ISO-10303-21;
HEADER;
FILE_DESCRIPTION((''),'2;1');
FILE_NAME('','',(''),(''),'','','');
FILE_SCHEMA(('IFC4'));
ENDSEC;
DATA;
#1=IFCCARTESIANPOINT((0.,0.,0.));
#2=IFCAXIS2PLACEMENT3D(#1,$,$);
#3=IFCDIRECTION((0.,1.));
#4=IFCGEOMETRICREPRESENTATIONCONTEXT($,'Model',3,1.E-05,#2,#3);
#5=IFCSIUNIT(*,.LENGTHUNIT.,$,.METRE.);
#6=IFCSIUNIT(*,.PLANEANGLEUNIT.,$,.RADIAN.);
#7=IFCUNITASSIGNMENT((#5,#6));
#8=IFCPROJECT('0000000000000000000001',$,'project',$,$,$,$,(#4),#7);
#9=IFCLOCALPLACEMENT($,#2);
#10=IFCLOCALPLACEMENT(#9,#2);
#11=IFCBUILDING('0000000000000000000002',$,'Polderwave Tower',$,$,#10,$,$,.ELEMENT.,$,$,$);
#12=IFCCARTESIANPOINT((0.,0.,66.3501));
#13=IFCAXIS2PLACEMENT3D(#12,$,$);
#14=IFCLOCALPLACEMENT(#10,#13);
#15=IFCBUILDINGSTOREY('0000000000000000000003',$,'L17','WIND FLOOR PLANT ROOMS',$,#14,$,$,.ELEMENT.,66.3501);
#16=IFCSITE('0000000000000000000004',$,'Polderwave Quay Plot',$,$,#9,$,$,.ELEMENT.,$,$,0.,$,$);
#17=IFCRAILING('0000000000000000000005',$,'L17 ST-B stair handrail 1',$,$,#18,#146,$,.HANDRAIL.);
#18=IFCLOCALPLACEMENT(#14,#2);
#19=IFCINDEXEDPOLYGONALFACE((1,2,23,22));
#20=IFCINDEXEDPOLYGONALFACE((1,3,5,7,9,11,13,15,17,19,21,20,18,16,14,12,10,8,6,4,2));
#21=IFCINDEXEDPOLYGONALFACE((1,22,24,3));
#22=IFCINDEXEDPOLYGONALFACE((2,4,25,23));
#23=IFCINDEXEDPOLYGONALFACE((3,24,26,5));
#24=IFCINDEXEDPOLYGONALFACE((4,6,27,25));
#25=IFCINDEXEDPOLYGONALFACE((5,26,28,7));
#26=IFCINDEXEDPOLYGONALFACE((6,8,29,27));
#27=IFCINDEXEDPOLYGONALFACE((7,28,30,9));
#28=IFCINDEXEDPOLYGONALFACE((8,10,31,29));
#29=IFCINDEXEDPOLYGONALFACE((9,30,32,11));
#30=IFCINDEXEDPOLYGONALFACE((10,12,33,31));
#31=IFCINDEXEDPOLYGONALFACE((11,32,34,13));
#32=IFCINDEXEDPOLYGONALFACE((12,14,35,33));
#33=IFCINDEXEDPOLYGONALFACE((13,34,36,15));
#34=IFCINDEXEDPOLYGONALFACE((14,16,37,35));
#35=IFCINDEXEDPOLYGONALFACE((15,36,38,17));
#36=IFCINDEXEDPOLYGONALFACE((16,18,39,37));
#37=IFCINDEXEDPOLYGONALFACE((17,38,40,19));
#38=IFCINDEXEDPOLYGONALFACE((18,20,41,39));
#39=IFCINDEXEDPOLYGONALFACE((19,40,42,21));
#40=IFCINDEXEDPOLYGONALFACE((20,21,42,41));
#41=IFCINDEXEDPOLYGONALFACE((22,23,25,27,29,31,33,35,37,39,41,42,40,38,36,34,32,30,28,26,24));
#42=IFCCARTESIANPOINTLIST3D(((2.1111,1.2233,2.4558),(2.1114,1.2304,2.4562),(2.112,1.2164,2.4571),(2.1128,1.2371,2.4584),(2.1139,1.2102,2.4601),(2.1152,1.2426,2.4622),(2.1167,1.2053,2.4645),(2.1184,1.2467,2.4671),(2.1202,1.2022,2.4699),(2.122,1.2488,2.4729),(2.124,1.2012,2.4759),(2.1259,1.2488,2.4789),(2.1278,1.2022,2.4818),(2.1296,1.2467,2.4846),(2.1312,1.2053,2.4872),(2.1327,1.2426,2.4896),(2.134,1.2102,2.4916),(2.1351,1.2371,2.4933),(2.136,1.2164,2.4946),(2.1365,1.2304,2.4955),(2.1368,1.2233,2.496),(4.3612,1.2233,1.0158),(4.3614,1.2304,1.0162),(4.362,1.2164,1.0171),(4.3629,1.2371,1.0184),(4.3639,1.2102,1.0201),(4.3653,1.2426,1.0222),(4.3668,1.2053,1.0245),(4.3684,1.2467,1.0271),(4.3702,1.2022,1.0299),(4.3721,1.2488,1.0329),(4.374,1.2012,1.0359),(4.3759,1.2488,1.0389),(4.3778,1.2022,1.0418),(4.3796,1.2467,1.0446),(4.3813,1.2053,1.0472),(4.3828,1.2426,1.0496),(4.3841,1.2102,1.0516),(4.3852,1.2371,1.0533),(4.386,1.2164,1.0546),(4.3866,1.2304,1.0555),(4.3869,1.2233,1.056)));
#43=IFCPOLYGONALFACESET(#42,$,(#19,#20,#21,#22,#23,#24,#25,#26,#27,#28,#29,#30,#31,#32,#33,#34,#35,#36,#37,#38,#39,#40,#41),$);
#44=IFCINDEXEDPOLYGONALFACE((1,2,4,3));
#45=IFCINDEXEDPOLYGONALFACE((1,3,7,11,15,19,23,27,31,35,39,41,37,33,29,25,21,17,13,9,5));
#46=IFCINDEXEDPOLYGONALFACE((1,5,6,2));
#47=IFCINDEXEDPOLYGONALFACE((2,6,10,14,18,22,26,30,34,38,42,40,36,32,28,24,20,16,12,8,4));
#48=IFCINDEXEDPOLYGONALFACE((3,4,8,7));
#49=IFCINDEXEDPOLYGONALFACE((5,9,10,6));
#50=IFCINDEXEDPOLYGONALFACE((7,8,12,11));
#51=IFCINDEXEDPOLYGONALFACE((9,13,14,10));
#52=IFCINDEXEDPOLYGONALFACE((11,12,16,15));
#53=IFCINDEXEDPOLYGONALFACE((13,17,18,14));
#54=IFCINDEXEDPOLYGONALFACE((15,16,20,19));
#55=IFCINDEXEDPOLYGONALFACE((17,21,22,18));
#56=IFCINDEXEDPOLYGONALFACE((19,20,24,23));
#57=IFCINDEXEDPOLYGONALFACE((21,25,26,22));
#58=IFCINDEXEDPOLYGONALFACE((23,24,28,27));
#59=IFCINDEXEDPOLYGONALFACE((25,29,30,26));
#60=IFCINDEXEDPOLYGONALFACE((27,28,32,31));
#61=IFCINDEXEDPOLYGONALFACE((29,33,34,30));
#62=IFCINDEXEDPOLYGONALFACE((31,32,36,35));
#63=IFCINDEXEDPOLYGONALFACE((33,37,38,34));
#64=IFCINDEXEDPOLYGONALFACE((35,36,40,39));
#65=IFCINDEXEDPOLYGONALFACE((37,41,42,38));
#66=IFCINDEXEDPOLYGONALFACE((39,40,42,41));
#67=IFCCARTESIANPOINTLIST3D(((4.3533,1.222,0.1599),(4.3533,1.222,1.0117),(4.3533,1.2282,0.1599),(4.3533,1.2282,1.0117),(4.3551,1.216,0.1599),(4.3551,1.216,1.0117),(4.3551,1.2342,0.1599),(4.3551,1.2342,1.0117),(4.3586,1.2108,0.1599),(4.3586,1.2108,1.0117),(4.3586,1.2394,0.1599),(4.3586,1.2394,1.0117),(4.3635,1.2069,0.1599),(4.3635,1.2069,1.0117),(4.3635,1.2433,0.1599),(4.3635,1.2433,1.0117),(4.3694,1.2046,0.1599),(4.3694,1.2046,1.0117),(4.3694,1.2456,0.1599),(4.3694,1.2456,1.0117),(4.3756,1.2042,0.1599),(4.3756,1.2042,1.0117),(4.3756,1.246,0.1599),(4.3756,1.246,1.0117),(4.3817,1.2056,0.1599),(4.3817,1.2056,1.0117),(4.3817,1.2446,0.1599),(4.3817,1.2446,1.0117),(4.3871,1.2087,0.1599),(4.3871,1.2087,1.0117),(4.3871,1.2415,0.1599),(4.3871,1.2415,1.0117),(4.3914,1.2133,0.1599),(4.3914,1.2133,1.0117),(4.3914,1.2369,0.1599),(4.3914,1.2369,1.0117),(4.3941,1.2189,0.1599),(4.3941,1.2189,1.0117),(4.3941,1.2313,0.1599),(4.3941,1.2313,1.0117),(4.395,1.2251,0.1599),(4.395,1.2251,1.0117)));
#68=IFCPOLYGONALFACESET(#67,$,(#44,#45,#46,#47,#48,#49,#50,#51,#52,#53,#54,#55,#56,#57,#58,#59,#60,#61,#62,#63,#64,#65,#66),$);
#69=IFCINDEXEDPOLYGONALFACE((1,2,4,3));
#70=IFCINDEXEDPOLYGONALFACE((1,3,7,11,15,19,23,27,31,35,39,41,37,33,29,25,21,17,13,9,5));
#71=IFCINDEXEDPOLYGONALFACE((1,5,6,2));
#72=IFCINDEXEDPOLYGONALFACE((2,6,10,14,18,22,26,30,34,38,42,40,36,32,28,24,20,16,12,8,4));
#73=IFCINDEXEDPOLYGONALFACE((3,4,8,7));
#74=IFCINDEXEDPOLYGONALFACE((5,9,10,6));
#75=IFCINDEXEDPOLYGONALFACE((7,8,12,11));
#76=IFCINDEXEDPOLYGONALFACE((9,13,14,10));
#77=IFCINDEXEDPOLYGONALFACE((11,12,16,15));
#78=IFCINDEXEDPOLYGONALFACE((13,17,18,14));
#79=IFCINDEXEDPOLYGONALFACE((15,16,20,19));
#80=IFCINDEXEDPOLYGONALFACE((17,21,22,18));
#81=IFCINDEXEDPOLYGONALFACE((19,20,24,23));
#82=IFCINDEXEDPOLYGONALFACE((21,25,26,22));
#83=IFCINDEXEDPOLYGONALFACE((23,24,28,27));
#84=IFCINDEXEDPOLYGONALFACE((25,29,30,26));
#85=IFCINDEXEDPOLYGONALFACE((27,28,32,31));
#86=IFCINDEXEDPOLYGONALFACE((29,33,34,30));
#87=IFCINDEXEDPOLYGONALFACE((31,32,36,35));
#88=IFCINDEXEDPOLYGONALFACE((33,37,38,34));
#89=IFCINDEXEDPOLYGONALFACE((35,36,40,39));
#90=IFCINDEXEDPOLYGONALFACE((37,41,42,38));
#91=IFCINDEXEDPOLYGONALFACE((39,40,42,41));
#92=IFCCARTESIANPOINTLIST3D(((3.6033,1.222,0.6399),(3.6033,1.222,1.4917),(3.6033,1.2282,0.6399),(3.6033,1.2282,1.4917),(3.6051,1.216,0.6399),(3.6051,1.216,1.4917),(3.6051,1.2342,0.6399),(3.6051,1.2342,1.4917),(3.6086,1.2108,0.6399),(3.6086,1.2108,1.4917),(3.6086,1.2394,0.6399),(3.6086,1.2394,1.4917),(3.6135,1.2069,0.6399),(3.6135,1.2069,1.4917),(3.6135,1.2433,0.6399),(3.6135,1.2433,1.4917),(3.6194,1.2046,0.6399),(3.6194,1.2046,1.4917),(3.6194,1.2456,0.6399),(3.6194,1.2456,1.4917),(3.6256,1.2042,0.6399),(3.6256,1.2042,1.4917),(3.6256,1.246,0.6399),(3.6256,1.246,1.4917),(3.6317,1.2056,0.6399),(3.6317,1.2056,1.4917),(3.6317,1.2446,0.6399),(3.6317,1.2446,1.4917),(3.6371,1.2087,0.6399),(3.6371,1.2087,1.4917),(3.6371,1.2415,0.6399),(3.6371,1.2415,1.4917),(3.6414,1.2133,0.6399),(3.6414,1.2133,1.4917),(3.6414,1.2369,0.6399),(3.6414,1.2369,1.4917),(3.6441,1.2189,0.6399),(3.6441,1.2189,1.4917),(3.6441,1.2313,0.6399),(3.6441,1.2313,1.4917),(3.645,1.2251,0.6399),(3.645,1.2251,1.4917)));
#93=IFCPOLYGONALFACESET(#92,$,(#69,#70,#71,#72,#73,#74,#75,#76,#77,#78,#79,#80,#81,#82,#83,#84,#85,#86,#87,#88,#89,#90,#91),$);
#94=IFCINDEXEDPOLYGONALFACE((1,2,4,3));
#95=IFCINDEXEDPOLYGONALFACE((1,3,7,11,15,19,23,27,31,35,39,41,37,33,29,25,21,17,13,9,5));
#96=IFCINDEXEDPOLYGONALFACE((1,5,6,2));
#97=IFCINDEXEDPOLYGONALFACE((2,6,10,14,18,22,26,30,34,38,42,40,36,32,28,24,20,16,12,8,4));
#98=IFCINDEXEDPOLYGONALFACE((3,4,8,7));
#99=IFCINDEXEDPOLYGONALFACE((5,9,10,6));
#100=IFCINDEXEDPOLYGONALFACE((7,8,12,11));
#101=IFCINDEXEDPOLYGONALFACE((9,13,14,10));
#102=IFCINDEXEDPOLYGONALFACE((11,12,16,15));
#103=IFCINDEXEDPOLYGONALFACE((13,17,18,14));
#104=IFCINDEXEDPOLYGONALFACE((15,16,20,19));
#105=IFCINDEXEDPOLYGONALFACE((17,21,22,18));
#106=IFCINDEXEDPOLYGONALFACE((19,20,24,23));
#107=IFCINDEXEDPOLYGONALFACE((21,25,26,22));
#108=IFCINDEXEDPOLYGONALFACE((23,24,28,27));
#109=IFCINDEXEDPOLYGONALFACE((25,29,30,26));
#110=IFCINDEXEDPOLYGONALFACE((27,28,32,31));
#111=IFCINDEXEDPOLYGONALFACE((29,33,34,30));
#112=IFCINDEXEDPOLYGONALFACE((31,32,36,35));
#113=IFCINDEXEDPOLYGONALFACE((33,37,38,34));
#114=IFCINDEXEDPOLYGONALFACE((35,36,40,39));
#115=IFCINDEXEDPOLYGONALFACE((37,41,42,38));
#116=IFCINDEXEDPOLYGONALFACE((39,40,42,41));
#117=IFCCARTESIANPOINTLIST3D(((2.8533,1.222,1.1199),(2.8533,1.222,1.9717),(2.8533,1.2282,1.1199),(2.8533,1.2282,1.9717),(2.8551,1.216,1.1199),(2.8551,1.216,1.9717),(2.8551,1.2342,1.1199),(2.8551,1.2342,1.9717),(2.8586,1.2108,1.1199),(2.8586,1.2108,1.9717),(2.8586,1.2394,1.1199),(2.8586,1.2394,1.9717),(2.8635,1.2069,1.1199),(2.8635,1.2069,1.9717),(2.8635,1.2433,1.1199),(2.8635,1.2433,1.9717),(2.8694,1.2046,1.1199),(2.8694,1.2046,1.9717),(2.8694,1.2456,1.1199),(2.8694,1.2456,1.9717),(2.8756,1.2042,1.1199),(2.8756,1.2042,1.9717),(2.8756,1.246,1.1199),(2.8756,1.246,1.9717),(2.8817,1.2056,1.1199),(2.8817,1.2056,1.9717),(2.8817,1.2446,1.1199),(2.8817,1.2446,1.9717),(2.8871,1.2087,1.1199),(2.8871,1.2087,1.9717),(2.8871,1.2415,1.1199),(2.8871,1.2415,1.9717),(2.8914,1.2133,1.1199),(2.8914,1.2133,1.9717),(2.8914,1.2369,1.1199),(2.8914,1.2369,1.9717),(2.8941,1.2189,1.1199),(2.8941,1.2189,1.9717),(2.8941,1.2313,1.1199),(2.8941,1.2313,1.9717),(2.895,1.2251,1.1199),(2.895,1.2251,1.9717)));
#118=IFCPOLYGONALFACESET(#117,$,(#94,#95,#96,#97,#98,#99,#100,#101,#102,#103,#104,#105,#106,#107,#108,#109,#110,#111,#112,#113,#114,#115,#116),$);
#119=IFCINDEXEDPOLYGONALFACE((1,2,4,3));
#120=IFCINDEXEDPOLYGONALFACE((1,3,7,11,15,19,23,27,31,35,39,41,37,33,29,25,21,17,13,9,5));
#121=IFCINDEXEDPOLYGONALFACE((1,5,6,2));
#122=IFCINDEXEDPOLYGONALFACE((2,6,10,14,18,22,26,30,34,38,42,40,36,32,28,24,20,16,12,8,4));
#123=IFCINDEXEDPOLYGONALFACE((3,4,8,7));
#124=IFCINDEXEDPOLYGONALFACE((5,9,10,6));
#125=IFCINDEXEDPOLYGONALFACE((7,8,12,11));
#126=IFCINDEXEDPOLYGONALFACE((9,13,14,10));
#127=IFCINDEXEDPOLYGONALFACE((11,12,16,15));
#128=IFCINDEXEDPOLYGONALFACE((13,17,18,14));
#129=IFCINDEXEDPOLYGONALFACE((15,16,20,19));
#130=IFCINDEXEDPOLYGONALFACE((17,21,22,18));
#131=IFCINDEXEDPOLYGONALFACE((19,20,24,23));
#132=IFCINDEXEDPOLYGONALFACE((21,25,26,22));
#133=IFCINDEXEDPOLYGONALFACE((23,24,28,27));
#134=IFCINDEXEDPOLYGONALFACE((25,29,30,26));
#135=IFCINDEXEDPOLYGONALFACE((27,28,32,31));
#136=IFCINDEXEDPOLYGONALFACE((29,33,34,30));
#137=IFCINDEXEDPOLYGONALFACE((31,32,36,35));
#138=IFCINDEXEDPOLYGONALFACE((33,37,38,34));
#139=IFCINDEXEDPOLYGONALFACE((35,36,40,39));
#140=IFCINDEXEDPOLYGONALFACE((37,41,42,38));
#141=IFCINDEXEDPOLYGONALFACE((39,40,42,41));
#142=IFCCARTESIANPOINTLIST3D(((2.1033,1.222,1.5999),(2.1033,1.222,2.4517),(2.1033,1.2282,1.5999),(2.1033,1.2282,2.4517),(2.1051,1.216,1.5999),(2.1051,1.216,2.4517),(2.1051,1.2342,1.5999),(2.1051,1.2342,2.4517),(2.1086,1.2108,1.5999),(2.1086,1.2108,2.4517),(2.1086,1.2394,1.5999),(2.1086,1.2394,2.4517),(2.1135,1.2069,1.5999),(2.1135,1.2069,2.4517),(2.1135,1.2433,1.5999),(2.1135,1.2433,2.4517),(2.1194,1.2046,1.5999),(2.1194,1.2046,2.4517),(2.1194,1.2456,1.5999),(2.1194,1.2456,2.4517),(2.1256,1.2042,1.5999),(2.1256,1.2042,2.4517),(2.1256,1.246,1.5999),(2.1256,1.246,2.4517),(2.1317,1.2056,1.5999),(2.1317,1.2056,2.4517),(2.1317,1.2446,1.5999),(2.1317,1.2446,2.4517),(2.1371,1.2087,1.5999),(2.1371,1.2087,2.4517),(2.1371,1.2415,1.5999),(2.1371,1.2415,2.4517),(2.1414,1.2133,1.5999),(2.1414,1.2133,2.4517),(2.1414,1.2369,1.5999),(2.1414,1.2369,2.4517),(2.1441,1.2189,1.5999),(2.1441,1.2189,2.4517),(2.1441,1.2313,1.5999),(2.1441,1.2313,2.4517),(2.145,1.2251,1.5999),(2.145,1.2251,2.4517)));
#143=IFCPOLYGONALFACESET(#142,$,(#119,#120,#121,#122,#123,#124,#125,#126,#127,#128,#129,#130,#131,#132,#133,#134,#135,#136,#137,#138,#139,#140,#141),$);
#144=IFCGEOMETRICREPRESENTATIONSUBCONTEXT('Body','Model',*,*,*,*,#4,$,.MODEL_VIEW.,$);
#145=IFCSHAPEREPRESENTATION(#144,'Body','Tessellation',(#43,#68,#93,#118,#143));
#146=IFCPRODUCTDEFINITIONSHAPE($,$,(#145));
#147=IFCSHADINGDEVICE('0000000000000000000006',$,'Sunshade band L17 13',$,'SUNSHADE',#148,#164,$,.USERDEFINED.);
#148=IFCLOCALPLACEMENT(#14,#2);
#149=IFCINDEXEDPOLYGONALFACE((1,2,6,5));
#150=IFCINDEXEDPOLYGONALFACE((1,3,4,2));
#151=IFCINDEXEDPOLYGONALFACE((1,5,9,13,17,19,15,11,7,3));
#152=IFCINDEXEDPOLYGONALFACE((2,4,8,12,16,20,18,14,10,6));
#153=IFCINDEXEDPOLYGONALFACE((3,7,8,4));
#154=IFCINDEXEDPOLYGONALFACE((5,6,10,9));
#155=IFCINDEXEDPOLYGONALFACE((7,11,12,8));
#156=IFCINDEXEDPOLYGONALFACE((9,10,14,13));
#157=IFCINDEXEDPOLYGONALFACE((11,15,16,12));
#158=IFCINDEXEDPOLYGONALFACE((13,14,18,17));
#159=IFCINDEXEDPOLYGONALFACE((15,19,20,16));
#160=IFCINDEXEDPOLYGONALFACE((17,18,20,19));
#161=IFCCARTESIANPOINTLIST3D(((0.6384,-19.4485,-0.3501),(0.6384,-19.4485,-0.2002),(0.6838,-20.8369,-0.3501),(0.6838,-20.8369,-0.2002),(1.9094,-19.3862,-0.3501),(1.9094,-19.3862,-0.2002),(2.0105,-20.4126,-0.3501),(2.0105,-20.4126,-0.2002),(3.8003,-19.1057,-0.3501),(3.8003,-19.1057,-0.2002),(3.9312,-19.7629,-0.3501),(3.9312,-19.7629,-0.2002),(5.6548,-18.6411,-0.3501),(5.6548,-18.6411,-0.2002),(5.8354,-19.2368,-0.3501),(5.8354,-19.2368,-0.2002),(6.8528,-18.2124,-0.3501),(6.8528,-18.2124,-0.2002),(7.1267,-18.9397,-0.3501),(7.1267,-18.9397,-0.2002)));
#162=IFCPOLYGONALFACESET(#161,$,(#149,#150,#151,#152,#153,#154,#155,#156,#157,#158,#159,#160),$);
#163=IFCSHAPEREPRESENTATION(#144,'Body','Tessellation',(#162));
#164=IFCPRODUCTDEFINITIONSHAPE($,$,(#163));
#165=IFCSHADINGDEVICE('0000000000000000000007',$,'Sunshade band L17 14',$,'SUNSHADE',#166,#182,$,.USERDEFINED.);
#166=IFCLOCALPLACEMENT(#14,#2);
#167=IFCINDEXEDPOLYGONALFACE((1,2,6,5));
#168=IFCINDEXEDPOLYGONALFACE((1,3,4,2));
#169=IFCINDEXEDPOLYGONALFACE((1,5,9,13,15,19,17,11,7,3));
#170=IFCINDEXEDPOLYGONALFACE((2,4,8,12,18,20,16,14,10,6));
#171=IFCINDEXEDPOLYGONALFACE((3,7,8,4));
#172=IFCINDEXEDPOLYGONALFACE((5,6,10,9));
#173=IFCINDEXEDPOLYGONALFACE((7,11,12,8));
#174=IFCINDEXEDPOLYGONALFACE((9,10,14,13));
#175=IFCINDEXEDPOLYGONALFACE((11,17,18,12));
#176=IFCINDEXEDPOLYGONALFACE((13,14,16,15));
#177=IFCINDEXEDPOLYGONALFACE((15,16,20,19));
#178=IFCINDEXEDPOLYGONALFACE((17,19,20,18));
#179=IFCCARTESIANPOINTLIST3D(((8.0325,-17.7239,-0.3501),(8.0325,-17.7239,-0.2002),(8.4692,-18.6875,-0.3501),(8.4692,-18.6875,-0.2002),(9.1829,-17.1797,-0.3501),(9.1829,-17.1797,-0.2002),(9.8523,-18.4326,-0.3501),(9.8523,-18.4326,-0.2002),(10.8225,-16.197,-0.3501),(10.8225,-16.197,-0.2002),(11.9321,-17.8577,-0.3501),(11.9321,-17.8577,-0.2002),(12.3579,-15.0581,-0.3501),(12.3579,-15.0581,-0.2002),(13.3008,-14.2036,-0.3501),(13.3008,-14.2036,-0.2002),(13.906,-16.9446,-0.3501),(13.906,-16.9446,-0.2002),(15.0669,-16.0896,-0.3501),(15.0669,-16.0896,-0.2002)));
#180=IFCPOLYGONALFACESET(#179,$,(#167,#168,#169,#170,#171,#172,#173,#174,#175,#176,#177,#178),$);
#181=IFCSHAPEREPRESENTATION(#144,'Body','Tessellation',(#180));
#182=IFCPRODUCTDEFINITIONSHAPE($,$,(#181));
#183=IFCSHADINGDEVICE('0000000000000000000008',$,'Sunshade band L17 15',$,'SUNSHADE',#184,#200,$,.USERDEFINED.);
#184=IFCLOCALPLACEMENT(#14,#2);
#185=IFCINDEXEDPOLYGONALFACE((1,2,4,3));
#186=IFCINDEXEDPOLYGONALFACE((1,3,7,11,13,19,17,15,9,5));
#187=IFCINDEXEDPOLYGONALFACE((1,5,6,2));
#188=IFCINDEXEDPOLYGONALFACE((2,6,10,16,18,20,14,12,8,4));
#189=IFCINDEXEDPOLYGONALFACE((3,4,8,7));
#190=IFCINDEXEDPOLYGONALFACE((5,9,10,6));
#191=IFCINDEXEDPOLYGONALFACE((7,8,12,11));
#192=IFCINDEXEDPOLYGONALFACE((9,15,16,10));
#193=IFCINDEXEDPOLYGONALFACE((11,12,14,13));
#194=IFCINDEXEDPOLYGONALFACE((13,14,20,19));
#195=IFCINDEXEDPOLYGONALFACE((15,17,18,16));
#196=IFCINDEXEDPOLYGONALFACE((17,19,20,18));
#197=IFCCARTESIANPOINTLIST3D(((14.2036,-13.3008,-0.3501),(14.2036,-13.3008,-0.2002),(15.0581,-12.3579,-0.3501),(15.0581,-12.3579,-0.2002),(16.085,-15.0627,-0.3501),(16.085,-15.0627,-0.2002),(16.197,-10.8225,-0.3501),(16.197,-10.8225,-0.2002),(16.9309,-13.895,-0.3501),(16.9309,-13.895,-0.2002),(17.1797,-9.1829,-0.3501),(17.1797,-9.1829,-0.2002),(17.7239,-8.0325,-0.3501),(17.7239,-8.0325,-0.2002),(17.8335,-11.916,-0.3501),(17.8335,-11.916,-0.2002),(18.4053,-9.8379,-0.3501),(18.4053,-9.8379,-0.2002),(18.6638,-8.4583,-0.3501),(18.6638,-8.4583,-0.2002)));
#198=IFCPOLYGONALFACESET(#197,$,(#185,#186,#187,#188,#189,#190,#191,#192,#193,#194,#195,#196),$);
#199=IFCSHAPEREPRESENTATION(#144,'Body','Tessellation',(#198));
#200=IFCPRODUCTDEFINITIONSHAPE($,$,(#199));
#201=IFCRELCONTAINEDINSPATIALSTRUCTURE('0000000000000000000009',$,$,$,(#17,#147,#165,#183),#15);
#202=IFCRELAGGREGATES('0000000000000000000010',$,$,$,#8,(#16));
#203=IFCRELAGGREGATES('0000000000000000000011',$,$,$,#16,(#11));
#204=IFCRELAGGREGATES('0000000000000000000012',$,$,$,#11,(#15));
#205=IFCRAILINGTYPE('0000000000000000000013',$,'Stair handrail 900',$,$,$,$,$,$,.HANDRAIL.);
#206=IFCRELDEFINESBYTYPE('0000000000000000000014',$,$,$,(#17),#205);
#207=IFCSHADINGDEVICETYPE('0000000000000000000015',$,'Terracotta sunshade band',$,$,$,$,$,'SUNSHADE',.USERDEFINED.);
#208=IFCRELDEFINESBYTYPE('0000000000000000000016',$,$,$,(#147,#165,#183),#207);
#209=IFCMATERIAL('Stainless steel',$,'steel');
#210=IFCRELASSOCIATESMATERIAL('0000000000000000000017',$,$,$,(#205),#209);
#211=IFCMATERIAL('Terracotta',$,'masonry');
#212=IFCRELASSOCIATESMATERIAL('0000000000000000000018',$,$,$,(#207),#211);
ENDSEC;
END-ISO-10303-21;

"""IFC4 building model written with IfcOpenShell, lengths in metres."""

from ifc_helpers import new_model, si_unit, direction, frame, origin, origin_2d, place, context, subcontext, project, spatial, polyline, circle, outline, extrude, material, type_object, element, save


model = new_model("IFC4")

# Units and contexts
model_context = context("Model", 3, precision=1e-05, world=origin(), true_north=direction((0.0, 1.0)))
body_context = subcontext(model_context, "Body", "Model", "MODEL_VIEW")
ifc_project = project(units=[si_unit("LENGTHUNIT", "METRE"), si_unit("PLANEANGLEUNIT", "RADIAN")], contexts=[model_context])

# Site, building, storey
site_placement = place(None, origin())
site = spatial("IfcSite", under=ifc_project, at=site_placement, Name="Polderwave Quay Plot", CompositionType="ELEMENT", RefElevation=0.0)
building_placement = place(site_placement, origin())
building = spatial("IfcBuilding", under=site, at=building_placement, Name="Polderwave Tower", CompositionType="ELEMENT")
storey_placement = place(building_placement, frame((0.0, 0.0, 66.3501)))
storey = spatial("IfcBuildingStorey", under=building, at=storey_placement, Name="L17", Description="WIND FLOOR PLANT ROOMS", CompositionType="ELEMENT", Elevation=66.3501)

# Railing
ifc_material_1 = material(Name="Stainless steel", Category="steel")
railing_type_1 = type_object("IfcRailingType", Name="Stair handrail 900", PredefinedType="HANDRAIL", material=ifc_material_1)
railing_1_placement = place(storey_placement, frame((4.374, 1.2251, 0.1599)))
element("IfcRailing", 1, at=railing_1_placement, inside=storey, type_object=railing_type_1, Name="L17 ST-B stair handrail 1", PredefinedType="HANDRAIL", context=body_context, shape_type="SweptSolid", body=[
    extrude(circle(Radius=0.0239, at=origin_2d()), frame((0.0, 0.0, 0.876), z_axis=(-0.842281, 0.0, 0.539038), x_axis=(0.0, -1.0, 0.0)), (0.0, 0.0, 1.0), 2.6714),
    extrude(circle(Radius=0.021, at=origin_2d()), origin(), (0.0, 0.0, 1.0), 0.8518),
    extrude(circle(Radius=0.021, at=origin_2d()), frame((-0.75, 0.0, 0.48)), (0.0, 0.0, 1.0), 0.8518),
    extrude(circle(Radius=0.021, at=origin_2d()), frame((-1.5, 0.0, 0.96)), (0.0, 0.0, 1.0), 0.8518),
    extrude(circle(Radius=0.021, at=origin_2d()), frame((-2.25, 0.0, 1.4399)), (0.0, 0.0, 1.0), 0.8518),
])

# Shading devices
ifc_material_2 = material(Name="Terracotta", Category="masonry")
shading_device_type = type_object("IfcShadingDeviceType", Name="Terracotta sunshade band", ElementType="SUNSHADE", PredefinedType="USERDEFINED", material=ifc_material_2)
shading_device_1_placement = place(storey_placement, frame((0.0, 0.0, -0.3501)))
element("IfcShadingDevice", 2, at=shading_device_1_placement, inside=storey, type_object=shading_device_type, Name="Sunshade band L17 13", ObjectType="SUNSHADE", PredefinedType="USERDEFINED", context=body_context, shape_type="SweptSolid", body=[
    extrude(outline(polyline([(0.6384, -19.4485), (1.9094, -19.3862), (3.8003, -19.1057), (5.6548, -18.6411), (6.8528, -18.2124), (7.1267, -18.9397), (5.8354, -19.2368), (3.9312, -19.7629), (2.0105, -20.4126), (0.6838, -20.8369), (0.6384, -19.4485)])), origin(), (0.0, 0.0, 1.0), 0.1499),
])
shading_device_2_placement = place(storey_placement, frame((0.0, 0.0, -0.3501)))
element("IfcShadingDevice", 3, at=shading_device_2_placement, inside=storey, type_object=shading_device_type, Name="Sunshade band L17 14", ObjectType="SUNSHADE", PredefinedType="USERDEFINED", context=body_context, shape_type="SweptSolid", body=[
    extrude(outline(polyline([(8.0325, -17.7239), (9.1829, -17.1797), (10.8225, -16.197), (12.3579, -15.0581), (13.3008, -14.2036), (15.0669, -16.0896), (13.906, -16.9446), (11.9321, -17.8577), (9.8523, -18.4326), (8.4692, -18.6875), (8.0325, -17.7239)])), origin(), (0.0, 0.0, 1.0), 0.1499),
])
shading_device_3_placement = place(storey_placement, frame((0.0, 0.0, -0.3501)))
element("IfcShadingDevice", 4, at=shading_device_3_placement, inside=storey, type_object=shading_device_type, Name="Sunshade band L17 15", ObjectType="SUNSHADE", PredefinedType="USERDEFINED", context=body_context, shape_type="SweptSolid", body=[
    extrude(outline(polyline([(14.2036, -13.3008), (15.0581, -12.3579), (16.197, -10.8225), (17.1797, -9.1829), (17.7239, -8.0325), (18.6638, -8.4583), (18.4053, -9.8379), (17.8335, -11.916), (16.9309, -13.895), (16.085, -15.0627), (14.2036, -13.3008)])), origin(), (0.0, 0.0, 1.0), 0.1499),
])

save(model, "model.ifc")
